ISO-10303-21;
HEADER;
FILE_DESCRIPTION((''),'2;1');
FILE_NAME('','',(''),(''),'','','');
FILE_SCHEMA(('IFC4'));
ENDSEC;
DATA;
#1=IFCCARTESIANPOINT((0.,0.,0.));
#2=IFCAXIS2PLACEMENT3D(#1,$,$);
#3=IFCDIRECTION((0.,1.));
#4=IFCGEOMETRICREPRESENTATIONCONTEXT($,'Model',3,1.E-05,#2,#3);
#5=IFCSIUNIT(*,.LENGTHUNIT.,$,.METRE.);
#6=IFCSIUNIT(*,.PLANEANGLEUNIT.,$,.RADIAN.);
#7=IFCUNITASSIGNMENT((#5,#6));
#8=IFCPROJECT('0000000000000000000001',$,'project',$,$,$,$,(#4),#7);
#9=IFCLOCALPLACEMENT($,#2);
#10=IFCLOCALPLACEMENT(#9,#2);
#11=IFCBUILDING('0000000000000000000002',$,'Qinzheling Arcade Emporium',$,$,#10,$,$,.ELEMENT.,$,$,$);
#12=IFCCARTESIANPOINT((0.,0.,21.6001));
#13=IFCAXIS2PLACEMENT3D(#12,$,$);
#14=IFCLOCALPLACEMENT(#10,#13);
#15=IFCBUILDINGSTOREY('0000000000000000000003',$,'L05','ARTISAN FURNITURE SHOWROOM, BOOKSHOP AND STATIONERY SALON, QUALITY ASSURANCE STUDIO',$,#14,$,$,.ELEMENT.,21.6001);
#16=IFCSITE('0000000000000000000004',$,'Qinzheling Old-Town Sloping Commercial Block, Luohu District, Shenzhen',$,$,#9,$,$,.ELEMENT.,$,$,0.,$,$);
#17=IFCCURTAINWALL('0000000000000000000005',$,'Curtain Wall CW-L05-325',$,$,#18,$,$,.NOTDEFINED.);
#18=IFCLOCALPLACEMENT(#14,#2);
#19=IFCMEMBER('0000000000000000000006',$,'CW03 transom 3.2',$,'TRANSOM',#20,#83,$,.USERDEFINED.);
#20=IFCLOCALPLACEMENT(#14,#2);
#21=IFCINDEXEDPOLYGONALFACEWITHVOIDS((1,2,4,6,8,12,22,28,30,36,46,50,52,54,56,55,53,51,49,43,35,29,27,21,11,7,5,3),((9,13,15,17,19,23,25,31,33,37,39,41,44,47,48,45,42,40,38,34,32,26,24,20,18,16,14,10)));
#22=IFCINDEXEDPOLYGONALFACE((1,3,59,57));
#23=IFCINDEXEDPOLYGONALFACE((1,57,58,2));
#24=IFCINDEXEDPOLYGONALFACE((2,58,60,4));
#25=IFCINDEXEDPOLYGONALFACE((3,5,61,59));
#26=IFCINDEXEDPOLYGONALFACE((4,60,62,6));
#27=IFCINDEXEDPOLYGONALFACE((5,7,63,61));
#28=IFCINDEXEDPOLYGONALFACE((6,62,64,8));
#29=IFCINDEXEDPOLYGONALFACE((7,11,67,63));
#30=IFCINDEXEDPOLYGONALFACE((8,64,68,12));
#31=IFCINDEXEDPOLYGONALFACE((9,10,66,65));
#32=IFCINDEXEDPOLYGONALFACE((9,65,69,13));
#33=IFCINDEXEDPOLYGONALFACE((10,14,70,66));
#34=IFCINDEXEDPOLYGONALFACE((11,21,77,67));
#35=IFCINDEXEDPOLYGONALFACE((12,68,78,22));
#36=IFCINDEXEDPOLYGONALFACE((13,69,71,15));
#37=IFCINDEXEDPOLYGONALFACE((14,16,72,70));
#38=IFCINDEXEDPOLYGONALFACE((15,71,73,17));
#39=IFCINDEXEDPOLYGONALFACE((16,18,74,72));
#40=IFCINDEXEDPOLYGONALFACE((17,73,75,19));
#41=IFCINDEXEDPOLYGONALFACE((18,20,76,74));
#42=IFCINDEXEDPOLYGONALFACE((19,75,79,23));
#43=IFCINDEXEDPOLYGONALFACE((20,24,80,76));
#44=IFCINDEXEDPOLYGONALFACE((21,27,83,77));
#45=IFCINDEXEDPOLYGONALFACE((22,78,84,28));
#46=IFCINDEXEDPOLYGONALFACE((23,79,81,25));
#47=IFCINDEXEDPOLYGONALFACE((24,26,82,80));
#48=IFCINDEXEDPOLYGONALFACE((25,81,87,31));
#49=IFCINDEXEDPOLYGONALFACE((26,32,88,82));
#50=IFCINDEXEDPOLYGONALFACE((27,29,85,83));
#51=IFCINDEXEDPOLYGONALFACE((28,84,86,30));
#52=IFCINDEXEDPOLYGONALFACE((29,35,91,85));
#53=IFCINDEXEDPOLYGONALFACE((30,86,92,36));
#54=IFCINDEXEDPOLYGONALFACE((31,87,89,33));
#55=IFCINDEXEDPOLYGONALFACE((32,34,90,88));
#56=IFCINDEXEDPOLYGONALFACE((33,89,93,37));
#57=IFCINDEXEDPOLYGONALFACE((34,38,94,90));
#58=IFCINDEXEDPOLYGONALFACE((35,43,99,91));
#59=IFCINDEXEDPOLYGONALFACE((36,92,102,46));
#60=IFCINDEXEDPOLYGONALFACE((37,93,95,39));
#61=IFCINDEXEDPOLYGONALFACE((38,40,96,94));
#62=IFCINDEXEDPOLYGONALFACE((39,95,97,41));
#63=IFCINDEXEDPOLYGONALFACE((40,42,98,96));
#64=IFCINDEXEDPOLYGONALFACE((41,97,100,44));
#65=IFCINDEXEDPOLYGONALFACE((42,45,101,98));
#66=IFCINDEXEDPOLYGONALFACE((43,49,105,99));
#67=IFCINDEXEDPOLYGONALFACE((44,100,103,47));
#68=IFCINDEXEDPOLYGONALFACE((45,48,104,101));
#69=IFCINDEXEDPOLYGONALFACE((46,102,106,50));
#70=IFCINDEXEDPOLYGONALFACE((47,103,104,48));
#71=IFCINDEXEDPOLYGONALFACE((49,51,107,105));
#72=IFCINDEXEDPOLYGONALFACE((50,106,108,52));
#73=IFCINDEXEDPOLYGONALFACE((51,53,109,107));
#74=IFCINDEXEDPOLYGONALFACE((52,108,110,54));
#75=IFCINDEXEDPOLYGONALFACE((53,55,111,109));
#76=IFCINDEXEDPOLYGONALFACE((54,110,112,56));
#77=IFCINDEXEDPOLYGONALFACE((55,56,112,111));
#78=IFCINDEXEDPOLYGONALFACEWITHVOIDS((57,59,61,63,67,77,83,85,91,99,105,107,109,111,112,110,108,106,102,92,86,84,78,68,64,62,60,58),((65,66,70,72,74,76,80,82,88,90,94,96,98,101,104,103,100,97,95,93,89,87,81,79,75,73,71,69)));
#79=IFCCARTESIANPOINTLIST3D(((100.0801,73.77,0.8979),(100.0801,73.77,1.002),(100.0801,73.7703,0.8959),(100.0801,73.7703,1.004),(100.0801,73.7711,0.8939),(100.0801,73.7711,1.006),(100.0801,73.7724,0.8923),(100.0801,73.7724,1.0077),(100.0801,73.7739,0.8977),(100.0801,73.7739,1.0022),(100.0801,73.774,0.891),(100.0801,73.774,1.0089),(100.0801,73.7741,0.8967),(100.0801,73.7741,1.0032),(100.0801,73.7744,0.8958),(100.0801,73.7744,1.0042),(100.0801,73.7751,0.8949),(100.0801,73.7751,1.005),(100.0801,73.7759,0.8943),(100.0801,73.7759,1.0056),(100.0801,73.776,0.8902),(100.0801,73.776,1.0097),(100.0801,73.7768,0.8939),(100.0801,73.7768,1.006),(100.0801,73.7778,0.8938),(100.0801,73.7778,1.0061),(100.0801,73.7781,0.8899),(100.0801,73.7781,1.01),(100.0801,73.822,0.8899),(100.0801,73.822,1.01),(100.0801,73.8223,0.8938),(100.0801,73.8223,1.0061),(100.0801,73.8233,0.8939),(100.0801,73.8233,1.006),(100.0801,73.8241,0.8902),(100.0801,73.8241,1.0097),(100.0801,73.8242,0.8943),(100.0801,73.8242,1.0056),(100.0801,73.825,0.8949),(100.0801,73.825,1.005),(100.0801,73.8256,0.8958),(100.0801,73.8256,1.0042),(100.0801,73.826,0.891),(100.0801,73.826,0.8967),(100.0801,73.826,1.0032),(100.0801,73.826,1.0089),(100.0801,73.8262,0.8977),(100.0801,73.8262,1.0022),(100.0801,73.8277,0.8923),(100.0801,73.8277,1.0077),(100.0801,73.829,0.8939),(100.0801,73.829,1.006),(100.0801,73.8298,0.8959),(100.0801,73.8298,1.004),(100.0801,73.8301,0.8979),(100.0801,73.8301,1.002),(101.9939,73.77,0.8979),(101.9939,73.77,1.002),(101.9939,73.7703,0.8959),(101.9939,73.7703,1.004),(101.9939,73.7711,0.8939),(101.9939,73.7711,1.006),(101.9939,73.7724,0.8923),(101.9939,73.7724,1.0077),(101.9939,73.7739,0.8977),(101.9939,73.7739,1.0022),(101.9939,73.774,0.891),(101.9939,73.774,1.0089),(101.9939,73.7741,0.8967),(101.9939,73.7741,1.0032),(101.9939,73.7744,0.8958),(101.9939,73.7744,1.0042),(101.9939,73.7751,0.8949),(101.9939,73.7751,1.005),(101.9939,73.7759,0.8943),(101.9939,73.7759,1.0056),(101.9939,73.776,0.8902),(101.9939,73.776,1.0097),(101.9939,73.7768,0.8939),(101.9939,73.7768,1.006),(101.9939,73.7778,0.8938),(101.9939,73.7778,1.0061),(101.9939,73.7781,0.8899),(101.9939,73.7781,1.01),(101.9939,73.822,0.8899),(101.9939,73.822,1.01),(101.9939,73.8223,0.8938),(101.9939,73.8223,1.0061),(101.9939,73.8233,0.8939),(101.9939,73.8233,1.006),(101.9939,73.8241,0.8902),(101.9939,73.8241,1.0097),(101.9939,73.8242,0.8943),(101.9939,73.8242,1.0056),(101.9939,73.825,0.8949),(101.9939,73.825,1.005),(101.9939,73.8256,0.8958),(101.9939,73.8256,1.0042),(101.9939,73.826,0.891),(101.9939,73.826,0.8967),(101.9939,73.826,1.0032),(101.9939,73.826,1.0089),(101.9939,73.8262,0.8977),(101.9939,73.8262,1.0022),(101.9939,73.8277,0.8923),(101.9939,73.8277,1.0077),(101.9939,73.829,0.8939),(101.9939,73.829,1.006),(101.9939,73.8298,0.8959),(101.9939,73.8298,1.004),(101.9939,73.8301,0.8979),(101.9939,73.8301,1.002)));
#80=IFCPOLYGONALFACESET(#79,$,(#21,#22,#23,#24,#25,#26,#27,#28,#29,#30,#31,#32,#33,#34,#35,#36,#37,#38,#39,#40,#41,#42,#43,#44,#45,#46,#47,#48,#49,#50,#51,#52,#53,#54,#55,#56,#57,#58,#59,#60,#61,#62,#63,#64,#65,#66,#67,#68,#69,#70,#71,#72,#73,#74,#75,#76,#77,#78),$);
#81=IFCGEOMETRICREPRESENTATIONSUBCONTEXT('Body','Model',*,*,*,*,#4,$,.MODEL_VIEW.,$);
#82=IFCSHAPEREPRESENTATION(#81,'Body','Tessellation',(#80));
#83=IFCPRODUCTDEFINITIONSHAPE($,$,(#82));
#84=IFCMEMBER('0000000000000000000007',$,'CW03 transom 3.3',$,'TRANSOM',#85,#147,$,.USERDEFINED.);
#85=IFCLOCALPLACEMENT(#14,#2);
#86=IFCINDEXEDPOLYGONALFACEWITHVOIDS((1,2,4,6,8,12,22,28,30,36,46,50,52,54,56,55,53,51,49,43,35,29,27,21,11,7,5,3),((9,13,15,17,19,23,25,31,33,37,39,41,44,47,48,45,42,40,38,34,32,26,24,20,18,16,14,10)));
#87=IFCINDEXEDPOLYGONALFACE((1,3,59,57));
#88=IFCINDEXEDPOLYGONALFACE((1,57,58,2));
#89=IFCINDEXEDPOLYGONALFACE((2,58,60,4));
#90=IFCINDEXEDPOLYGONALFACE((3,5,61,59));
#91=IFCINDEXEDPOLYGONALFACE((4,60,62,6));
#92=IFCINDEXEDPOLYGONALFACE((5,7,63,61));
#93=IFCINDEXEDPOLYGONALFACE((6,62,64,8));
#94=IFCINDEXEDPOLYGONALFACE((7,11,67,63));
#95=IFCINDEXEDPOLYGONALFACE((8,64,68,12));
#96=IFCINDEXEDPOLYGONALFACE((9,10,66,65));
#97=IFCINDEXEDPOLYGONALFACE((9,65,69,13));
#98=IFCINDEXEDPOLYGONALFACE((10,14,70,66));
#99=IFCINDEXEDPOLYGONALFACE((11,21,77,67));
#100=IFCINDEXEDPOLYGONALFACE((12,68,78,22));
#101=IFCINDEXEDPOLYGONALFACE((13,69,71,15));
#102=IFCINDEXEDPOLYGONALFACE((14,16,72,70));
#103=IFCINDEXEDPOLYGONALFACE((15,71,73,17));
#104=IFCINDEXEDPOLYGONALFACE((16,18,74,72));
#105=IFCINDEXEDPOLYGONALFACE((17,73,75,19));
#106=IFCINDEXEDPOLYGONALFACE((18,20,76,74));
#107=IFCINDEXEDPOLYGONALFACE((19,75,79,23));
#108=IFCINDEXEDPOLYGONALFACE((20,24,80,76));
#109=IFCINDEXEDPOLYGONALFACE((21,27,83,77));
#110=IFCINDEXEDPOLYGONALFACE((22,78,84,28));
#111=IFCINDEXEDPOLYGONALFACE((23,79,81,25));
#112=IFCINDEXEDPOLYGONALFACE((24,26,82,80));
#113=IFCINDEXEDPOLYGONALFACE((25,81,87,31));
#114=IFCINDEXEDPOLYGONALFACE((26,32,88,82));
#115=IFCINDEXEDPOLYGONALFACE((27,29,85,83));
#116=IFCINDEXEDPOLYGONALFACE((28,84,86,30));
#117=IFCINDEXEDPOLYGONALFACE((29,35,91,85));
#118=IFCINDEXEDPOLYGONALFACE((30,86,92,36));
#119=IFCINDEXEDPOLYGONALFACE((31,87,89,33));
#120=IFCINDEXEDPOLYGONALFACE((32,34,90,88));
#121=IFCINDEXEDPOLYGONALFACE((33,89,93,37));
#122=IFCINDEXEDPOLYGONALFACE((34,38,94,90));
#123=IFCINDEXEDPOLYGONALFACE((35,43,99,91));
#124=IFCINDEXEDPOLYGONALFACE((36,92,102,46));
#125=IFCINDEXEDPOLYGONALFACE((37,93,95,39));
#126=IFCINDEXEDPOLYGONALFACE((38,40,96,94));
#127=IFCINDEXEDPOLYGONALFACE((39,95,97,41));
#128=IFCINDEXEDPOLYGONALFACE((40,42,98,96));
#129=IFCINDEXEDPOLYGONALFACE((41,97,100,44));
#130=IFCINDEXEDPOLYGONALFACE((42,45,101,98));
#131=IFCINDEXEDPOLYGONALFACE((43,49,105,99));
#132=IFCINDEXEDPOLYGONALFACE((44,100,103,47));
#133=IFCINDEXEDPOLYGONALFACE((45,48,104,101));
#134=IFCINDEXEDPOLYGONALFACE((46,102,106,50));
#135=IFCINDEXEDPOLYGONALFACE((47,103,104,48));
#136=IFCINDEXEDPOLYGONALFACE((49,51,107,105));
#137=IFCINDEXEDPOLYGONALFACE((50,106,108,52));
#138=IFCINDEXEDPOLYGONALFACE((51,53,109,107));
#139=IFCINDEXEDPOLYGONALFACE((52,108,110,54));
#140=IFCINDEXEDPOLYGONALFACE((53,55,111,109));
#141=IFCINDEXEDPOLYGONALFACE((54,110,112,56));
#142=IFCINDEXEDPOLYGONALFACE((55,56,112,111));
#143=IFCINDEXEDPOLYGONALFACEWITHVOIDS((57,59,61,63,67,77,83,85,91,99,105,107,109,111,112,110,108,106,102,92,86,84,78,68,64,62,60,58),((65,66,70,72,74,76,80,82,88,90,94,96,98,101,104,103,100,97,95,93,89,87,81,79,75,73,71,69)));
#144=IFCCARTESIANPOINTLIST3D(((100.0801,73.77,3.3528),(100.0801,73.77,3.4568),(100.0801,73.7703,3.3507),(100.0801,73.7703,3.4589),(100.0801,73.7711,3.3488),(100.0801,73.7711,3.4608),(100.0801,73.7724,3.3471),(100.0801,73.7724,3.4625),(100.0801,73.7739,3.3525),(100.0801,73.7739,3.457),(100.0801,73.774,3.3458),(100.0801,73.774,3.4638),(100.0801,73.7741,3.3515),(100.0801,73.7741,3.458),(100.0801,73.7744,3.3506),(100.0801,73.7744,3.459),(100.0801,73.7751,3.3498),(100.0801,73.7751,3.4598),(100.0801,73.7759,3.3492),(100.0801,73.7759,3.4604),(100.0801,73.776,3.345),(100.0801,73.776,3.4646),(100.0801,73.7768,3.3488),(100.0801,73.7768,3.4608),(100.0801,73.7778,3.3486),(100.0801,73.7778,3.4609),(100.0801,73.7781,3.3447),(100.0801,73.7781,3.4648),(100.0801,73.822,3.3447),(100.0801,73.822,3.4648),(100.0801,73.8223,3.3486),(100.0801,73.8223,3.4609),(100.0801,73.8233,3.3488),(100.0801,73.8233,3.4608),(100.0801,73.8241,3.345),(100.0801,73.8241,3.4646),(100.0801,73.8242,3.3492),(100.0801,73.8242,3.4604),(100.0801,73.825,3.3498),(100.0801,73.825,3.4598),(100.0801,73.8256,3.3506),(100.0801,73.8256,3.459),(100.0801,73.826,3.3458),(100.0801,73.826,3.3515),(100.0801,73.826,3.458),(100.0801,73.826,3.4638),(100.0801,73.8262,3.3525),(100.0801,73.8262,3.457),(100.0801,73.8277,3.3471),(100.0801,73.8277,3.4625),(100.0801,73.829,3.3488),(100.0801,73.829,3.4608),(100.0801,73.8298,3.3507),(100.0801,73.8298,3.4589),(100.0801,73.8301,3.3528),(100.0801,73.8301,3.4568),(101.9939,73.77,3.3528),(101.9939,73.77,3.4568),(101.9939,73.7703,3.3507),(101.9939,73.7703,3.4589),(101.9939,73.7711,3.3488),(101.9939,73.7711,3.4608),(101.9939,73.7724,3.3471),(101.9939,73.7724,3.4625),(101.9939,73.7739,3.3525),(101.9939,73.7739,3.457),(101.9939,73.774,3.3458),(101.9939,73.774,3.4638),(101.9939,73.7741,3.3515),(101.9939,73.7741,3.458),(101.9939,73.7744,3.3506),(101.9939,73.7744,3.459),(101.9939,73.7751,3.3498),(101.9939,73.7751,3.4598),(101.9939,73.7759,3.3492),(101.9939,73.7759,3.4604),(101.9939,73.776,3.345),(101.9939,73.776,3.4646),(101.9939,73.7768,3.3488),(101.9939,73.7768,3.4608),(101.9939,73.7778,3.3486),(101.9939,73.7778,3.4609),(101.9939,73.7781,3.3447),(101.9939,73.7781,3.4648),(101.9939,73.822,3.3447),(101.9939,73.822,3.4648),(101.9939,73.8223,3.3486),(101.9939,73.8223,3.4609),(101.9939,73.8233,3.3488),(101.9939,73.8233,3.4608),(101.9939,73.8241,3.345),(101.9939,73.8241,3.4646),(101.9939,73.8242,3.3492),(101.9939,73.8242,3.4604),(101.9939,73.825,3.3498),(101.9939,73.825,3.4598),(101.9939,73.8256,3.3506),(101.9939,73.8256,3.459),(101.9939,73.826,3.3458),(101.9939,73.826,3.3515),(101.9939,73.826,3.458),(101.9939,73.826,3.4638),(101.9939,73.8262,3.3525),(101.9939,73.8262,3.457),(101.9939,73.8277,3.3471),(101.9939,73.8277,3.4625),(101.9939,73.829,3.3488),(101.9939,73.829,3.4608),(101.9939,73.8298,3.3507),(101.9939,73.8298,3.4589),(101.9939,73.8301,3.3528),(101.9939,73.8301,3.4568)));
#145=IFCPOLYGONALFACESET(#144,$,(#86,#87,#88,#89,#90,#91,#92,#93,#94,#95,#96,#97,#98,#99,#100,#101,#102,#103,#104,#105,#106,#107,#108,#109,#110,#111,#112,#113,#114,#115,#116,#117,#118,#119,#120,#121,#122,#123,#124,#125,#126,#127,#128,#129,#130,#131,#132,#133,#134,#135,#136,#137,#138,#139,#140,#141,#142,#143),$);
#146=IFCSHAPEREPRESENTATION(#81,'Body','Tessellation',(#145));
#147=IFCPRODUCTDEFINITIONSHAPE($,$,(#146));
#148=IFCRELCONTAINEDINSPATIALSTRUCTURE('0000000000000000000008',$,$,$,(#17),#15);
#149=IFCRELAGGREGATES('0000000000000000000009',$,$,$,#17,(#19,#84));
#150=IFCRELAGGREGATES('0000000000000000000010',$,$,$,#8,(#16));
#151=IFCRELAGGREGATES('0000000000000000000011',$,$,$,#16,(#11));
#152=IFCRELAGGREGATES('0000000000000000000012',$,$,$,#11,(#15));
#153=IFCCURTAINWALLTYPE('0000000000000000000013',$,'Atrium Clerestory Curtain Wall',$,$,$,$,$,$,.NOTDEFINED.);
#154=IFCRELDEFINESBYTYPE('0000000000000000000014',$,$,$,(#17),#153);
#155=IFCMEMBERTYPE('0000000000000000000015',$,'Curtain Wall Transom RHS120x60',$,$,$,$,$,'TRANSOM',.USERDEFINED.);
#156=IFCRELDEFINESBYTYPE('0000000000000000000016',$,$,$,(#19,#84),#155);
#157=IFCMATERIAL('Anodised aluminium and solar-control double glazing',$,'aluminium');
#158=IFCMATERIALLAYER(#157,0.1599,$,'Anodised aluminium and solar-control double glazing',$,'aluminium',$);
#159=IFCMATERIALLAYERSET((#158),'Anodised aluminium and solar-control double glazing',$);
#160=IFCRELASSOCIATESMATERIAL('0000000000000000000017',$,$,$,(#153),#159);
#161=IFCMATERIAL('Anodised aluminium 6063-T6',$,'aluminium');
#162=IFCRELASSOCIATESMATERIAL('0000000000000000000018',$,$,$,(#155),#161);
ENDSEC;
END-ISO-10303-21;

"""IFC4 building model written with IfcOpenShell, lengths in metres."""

from ifc_helpers import new_model, si_unit, direction, frame, origin, origin_2d, place, context, subcontext, project, spatial, hollow_rectangle, extrude, material, layer, layer_set, material_profile, profile_set, type_object, element, aggregate, save


model = new_model("IFC4")

# Units and contexts
model_context = context("Model", 3, precision=1e-05, world=origin(), true_north=direction((0.0, 1.0)))
body_context = subcontext(model_context, "Body", "Model", "MODEL_VIEW")
ifc_project = project(units=[si_unit("LENGTHUNIT", "METRE"), si_unit("PLANEANGLEUNIT", "RADIAN")], contexts=[model_context])

# Site, building, storey
site_placement = place(None, origin())
site = spatial("IfcSite", under=ifc_project, at=site_placement, Name="Qinzheling Old-Town Sloping Commercial Block, Luohu District, Shenzhen", CompositionType="ELEMENT", RefElevation=0.0)
building_placement = place(site_placement, origin())
building = spatial("IfcBuilding", under=site, at=building_placement, Name="Qinzheling Arcade Emporium", CompositionType="ELEMENT")
storey_placement = place(building_placement, frame((0.0, 0.0, 21.6001)))
storey = spatial("IfcBuildingStorey", under=building, at=storey_placement, Name="L05", Description="ARTISAN FURNITURE SHOWROOM, BOOKSHOP AND STATIONERY SALON, QUALITY ASSURANCE STUDIO", CompositionType="ELEMENT", Elevation=21.6001)

# Shared definitions
ifc_material_1 = material(Name="Anodised aluminium and solar-control double glazing", Category="aluminium")
ifc_layer_1 = layer(ifc_material_1, 0.1599, Name="Anodised aluminium and solar-control double glazing", Category="aluminium")
ifc_layer_set_1 = layer_set([ifc_layer_1], Name="Anodised aluminium and solar-control double glazing")
curtain_wall_type = type_object("IfcCurtainWallType", Name="Atrium Clerestory Curtain Wall", PredefinedType="NOTDEFINED", material=ifc_layer_set_1)
ifc_material_2 = material(Name="Anodised aluminium 6063-T6", Category="aluminium")

# Curtain wall, members
curtain_wall_1_placement = place(storey_placement, origin())
curtain_wall_1 = element("IfcCurtainWall", 1, at=curtain_wall_1_placement, inside=storey, type_object=curtain_wall_type, Name="Curtain Wall CW-L05-325", PredefinedType="NOTDEFINED")
ifc_material_profile_1 = material_profile(ifc_material_2, hollow_rectangle(XDim=0.0601, YDim=0.1201, WallThickness=0.0039, InnerFilletRadius=0.0039, OuterFilletRadius=0.0081, at=origin_2d()), Name="RHS 120x60x4", Category="aluminium")
ifc_profile_set_1 = profile_set([ifc_material_profile_1], Name="Anodised aluminium 6063-T6")
member_type_1 = type_object("IfcMemberType", Name="Curtain Wall Transom RHS120x60", ElementType="TRANSOM", PredefinedType="USERDEFINED", material=ifc_profile_set_1)
member_1_placement = place(storey_placement, frame((100.0801, 73.8, 0.95), z_axis=(1.0, 0.0, 0.0), x_axis=(0.0, 1.0, 0.0)))
member_1 = element("IfcMember", 2, at=member_1_placement, type_object=member_type_1, Name="CW03 transom 3.2", ObjectType="TRANSOM", PredefinedType="USERDEFINED", context=body_context, shape_type="SweptSolid", body=[
    extrude(hollow_rectangle(XDim=0.0601, YDim=0.1201, WallThickness=0.0039, InnerFilletRadius=0.0039, OuterFilletRadius=0.0081, at=origin_2d()), origin(), (0.0, 0.0, 1.0), 1.9138),
])
member_2_placement = place(storey_placement, frame((100.0801, 73.8, 3.4048), z_axis=(1.0, 0.0, 0.0), x_axis=(0.0, 1.0, 0.0)))
member_2 = element("IfcMember", 3, at=member_2_placement, type_object=member_type_1, Name="CW03 transom 3.3", ObjectType="TRANSOM", PredefinedType="USERDEFINED", context=body_context, shape_type="SweptSolid", body=[
    extrude(hollow_rectangle(XDim=0.0601, YDim=0.1201, WallThickness=0.0039, InnerFilletRadius=0.0039, OuterFilletRadius=0.0081, at=origin_2d()), origin(), (0.0, 0.0, 1.0), 1.9138),
])

aggregate(curtain_wall_1, [member_1, member_2])

save(model, "model.ifc")
